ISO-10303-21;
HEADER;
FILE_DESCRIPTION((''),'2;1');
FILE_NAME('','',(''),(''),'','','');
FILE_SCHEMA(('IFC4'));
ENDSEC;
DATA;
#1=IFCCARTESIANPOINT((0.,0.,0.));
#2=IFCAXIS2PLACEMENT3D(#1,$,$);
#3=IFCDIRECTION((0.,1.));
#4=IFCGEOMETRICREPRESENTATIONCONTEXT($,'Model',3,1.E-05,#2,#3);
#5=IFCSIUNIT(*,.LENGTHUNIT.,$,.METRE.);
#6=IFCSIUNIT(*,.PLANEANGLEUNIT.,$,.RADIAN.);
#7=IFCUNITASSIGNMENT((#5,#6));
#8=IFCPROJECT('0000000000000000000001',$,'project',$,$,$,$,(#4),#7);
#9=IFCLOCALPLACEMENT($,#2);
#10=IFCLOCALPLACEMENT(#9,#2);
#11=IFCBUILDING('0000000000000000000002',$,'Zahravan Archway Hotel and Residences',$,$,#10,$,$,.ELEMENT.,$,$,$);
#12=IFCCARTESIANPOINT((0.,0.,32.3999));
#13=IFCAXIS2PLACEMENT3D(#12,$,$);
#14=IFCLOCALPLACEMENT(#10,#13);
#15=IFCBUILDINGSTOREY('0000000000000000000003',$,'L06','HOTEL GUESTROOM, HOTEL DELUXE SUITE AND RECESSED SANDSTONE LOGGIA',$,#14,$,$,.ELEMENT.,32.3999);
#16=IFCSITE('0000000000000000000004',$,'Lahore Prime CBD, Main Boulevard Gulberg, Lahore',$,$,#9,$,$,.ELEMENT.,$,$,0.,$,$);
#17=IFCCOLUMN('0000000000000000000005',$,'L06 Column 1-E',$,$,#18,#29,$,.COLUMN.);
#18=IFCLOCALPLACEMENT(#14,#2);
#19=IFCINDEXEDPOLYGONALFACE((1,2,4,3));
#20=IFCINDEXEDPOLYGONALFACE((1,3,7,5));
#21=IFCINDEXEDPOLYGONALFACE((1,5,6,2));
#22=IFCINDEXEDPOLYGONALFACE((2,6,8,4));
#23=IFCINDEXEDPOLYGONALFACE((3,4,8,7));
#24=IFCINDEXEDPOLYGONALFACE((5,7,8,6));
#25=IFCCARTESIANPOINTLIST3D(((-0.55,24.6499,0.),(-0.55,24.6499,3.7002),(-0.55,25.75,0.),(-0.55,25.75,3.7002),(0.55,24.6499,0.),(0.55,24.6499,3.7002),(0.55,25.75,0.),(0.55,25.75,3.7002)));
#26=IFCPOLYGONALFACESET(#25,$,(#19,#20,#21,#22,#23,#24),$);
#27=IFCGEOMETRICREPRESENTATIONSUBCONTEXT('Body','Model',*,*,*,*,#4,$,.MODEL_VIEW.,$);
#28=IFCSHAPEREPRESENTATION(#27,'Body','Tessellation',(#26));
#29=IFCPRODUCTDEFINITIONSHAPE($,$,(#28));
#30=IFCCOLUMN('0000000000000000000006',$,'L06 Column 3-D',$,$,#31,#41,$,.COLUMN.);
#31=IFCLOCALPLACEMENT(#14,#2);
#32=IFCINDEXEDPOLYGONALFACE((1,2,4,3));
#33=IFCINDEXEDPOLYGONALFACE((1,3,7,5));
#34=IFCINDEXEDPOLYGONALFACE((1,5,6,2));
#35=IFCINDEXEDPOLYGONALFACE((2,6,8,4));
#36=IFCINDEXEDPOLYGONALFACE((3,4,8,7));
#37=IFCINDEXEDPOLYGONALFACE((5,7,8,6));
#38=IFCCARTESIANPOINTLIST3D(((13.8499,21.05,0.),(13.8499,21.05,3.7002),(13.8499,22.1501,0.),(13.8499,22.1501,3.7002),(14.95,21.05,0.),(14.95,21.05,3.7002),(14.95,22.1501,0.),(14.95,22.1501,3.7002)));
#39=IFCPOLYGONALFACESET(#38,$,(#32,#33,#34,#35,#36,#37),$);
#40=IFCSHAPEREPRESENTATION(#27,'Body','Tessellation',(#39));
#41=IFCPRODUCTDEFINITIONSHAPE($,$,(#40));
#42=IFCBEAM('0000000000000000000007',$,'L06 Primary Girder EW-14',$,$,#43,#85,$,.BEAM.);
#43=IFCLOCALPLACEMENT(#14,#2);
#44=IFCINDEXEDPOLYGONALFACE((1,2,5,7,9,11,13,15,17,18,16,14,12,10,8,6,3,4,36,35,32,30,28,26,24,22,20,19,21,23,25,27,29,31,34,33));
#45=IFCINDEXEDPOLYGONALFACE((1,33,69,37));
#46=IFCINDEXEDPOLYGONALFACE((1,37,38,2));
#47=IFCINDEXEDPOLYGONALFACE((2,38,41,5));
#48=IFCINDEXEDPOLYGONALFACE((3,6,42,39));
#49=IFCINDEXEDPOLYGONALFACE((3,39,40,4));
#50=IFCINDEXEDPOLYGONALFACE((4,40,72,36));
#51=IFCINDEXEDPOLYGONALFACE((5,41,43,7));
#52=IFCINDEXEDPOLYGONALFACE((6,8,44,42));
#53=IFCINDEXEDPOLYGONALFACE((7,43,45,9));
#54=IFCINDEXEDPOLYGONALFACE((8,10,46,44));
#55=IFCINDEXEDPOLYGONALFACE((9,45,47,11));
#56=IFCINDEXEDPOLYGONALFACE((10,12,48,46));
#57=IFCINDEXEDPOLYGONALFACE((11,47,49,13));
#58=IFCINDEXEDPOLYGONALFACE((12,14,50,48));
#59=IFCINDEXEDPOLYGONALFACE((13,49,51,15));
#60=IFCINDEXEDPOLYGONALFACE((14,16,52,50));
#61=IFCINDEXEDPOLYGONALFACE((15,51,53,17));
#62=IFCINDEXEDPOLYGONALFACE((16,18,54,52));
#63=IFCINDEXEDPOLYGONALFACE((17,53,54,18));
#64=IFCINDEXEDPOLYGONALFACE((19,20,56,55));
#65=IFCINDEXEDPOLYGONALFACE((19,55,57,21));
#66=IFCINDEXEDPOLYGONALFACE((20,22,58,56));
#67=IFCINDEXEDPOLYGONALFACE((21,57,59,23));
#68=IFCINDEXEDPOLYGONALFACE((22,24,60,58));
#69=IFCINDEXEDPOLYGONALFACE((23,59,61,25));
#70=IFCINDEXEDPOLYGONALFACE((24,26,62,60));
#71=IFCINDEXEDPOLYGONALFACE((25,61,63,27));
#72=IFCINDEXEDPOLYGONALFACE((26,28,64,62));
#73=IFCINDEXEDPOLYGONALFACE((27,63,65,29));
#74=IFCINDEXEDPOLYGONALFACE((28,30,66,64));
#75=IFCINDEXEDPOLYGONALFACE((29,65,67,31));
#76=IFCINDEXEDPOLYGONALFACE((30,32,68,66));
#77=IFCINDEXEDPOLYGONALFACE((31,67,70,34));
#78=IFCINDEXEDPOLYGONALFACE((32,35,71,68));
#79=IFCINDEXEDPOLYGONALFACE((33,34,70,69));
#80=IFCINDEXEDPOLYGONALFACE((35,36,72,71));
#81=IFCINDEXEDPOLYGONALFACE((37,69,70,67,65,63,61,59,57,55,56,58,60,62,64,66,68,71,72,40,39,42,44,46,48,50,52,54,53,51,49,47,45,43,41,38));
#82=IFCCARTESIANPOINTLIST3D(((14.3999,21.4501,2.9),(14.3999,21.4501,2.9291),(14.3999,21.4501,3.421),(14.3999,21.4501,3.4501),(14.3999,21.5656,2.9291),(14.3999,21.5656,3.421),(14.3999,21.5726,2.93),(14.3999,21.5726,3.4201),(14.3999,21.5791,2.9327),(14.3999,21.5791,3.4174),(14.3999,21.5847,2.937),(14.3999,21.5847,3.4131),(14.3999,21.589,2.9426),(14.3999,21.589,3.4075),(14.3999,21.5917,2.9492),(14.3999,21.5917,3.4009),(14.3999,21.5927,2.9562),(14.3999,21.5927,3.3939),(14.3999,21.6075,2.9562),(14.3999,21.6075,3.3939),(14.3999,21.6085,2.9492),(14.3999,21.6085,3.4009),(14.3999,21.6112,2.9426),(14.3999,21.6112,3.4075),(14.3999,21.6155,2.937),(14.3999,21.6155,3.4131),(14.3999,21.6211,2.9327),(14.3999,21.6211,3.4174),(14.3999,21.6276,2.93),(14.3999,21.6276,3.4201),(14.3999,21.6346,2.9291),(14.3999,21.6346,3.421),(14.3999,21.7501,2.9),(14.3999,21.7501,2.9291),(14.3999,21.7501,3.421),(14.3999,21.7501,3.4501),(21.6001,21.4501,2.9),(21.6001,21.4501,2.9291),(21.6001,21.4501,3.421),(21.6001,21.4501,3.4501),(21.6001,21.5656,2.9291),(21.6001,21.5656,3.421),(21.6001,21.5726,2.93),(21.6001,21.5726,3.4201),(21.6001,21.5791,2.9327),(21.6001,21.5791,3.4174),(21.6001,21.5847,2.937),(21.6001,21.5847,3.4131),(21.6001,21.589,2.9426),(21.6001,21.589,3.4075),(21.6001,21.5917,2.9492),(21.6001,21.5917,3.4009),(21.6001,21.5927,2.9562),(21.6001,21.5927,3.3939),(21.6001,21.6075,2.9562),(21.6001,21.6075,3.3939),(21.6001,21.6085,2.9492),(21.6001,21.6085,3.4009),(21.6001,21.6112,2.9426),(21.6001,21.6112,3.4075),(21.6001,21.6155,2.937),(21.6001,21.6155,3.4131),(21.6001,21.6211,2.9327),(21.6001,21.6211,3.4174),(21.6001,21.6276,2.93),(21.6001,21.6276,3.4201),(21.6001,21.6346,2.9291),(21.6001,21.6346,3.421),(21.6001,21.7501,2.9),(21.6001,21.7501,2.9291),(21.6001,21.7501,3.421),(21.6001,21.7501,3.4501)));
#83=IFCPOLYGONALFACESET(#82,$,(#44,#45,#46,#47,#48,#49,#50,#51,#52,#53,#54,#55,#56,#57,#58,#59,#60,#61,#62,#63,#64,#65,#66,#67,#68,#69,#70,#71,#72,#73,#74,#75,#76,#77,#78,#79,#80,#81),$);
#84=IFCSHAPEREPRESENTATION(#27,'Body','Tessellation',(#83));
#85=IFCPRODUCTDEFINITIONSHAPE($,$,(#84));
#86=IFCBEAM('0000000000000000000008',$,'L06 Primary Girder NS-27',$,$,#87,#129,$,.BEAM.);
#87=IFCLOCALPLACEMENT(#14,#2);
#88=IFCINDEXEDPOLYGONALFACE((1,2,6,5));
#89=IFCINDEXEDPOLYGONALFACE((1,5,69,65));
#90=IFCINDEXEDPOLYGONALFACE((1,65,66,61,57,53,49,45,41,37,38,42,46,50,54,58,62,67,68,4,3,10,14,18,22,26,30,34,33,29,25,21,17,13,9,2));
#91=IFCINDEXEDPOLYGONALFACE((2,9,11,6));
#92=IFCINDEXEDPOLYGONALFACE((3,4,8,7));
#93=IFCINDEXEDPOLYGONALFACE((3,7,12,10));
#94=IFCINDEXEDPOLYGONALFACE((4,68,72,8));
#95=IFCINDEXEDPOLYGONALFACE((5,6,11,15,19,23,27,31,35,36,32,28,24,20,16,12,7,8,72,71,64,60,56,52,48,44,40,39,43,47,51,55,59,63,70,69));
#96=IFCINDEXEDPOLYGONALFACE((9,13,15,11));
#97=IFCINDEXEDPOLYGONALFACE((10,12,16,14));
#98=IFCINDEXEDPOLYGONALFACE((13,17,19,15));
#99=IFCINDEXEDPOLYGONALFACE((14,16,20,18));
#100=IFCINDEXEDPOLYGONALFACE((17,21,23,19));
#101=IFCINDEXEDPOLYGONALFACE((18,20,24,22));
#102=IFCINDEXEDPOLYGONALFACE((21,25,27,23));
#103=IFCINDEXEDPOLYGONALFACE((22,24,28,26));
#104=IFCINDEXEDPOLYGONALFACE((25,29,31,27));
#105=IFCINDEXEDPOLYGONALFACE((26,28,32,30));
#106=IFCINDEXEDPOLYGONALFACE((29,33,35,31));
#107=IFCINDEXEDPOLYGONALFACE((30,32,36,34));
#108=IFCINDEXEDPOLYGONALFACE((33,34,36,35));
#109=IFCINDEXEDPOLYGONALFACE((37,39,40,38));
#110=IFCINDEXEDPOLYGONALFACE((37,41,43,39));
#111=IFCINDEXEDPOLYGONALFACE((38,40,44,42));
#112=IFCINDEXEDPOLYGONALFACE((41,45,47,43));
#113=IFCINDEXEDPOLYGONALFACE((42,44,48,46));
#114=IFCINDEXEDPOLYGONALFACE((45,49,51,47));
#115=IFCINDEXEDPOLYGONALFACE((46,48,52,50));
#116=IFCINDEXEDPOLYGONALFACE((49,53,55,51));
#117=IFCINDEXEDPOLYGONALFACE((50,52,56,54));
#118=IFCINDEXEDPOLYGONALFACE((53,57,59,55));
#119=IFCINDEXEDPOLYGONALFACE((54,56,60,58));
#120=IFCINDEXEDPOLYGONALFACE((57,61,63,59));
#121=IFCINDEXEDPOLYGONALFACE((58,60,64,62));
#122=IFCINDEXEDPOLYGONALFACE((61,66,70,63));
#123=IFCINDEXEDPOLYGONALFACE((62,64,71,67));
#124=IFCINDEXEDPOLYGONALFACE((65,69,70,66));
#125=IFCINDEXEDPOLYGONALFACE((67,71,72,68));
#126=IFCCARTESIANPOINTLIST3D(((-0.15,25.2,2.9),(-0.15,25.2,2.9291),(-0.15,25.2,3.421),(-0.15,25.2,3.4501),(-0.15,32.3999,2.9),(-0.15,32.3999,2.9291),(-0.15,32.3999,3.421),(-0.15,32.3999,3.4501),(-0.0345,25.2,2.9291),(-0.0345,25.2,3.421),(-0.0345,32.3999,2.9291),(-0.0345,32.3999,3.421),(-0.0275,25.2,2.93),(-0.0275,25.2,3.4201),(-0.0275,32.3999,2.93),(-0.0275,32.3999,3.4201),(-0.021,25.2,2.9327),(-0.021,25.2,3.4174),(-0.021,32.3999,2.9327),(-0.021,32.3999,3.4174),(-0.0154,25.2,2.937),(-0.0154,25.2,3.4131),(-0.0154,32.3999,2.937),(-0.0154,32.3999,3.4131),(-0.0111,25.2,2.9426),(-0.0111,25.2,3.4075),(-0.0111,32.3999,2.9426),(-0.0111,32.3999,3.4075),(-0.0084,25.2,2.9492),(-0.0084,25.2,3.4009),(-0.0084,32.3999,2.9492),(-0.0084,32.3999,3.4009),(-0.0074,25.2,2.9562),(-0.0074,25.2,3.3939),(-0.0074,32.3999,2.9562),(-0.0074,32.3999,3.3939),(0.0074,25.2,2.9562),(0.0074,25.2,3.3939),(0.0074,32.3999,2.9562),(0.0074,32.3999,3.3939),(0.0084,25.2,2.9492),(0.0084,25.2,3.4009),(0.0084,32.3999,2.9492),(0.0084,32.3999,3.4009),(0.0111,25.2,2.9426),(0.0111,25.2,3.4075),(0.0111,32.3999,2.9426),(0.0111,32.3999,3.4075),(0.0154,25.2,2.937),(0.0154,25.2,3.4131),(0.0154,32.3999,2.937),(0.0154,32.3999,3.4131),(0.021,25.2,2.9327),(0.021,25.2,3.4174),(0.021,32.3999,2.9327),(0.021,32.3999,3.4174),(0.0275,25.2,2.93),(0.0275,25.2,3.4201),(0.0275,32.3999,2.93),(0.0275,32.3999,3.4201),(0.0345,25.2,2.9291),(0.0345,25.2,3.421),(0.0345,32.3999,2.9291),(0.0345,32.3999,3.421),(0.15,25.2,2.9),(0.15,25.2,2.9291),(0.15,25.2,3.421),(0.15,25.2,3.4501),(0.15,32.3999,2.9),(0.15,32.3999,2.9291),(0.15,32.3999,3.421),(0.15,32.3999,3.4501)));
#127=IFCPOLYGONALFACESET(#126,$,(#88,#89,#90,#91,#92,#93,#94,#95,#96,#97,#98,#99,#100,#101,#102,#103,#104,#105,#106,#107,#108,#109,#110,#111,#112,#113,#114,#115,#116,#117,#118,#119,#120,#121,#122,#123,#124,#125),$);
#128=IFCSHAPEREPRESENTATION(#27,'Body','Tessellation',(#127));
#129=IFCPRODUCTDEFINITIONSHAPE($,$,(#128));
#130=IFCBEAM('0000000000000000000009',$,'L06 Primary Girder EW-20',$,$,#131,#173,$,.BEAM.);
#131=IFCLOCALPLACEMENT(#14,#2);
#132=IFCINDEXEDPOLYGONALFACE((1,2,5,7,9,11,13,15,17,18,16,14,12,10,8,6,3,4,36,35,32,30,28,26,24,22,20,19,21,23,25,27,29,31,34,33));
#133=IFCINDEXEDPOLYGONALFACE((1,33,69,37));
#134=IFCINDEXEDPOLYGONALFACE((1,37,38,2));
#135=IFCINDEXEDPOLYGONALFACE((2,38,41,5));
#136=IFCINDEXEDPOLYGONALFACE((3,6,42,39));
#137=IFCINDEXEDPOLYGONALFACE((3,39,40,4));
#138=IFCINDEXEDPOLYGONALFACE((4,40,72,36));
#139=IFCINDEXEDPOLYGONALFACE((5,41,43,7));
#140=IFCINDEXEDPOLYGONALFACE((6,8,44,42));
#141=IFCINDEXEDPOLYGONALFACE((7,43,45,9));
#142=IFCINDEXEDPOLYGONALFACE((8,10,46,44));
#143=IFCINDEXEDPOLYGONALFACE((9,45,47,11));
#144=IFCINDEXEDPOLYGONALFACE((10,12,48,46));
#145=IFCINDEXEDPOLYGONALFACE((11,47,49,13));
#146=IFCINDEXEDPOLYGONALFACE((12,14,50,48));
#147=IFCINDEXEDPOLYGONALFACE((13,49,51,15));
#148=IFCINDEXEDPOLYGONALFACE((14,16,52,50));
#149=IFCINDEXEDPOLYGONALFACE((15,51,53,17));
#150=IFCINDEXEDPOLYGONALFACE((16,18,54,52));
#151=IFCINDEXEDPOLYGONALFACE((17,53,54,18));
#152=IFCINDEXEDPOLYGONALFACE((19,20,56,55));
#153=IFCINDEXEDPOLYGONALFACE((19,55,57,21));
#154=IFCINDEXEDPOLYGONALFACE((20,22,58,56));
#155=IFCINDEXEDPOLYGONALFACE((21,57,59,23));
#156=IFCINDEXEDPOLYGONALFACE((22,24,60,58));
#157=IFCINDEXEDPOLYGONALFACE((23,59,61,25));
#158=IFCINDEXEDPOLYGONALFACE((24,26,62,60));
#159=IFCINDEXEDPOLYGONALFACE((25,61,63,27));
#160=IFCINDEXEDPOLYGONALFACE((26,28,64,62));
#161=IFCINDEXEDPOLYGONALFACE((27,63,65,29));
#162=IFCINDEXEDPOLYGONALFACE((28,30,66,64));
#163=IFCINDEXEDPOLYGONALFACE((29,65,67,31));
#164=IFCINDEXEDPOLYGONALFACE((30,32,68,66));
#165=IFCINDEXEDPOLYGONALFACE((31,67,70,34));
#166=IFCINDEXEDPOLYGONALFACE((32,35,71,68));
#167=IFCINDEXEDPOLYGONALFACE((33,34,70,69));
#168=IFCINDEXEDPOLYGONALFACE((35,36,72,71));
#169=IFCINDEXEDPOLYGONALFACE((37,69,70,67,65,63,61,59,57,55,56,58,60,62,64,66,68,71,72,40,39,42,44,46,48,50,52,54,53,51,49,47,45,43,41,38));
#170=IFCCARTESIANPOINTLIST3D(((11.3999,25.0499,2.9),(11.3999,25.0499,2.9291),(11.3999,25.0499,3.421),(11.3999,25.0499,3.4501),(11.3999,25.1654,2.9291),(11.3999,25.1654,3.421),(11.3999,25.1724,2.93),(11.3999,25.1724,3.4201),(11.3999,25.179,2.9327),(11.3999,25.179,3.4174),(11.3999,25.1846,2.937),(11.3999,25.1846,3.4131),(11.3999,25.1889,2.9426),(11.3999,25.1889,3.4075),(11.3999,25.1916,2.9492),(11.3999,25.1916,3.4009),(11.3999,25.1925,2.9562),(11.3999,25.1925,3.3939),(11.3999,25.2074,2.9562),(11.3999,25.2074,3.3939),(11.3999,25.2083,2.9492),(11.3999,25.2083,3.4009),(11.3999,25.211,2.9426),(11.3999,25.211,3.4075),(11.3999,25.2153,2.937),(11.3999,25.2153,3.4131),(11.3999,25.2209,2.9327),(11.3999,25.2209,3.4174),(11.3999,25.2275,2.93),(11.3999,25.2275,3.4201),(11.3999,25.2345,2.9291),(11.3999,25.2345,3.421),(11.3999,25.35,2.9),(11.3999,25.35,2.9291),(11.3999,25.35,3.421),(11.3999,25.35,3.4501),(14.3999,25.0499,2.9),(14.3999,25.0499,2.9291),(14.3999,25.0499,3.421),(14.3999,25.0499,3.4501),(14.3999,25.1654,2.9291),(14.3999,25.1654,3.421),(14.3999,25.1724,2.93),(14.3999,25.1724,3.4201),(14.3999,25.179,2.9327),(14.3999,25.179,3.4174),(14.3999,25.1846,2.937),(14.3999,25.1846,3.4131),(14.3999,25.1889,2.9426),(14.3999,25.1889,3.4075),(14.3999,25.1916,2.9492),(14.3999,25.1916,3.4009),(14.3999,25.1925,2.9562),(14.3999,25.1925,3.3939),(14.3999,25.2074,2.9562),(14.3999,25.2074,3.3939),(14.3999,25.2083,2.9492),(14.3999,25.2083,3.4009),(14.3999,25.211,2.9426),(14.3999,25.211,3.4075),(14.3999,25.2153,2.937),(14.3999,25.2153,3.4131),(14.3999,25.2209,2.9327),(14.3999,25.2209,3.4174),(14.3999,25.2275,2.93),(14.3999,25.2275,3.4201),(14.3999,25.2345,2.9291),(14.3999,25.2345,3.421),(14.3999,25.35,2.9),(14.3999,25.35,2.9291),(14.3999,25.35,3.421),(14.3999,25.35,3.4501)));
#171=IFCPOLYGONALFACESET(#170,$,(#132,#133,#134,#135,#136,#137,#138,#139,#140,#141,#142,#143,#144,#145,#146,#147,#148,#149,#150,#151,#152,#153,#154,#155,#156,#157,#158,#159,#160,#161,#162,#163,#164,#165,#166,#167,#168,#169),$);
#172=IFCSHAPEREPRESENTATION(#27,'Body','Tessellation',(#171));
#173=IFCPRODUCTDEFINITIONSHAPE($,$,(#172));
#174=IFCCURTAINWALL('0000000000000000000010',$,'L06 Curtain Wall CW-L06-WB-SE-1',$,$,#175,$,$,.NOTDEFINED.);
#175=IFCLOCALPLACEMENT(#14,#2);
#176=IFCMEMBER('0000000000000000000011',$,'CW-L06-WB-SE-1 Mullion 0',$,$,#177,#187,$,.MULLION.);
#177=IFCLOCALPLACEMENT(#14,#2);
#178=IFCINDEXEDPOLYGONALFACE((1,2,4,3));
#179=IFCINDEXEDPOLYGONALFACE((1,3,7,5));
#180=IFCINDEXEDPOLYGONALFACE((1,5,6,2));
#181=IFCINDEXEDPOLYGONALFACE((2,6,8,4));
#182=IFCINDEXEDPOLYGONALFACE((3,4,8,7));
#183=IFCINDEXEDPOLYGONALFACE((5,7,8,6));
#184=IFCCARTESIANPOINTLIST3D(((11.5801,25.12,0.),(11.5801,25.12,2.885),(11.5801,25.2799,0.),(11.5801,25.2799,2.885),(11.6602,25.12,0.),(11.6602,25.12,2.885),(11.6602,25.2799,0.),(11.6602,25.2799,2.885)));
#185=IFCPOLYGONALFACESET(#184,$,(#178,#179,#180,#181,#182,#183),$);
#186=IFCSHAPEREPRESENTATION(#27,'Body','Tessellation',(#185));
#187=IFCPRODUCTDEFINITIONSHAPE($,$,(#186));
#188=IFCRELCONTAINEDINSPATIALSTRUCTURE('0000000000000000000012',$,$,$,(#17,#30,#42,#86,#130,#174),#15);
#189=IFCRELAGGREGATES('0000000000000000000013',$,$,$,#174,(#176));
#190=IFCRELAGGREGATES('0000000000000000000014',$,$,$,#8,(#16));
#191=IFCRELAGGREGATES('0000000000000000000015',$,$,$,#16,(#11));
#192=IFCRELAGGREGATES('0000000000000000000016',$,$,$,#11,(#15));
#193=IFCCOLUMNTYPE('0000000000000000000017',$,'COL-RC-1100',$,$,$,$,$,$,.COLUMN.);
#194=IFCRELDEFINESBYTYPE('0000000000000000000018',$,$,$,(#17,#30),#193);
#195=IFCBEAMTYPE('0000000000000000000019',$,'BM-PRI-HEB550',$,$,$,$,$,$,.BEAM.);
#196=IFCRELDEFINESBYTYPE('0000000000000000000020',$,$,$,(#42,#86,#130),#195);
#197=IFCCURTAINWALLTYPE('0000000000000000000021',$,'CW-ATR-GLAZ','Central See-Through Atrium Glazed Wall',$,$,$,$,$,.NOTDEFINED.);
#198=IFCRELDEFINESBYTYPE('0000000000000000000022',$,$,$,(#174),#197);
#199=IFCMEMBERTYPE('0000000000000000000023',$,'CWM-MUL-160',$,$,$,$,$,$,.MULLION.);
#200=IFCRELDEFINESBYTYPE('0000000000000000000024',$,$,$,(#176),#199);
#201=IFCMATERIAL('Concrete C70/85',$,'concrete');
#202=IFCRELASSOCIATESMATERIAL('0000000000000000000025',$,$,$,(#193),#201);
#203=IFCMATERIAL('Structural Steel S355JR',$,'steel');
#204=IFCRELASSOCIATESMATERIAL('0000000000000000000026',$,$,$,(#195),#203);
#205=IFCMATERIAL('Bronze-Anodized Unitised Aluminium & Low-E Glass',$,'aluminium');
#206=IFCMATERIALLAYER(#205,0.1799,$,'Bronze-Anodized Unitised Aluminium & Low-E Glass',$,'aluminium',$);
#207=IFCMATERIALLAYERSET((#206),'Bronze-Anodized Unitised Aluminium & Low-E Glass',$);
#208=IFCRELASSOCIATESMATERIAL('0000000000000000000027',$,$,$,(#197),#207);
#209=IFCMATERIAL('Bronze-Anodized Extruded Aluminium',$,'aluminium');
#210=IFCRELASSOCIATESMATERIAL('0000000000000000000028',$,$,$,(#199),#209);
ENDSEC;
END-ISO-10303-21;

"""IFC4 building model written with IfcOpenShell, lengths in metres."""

from ifc_helpers import new_model, si_unit, direction, frame, origin, origin_2d, place, context, subcontext, project, spatial, rectangle, i_section, extrude, source, transform, mapped, material, layer, layer_set, material_profile, profile_set, type_object, type_shapes, element, aggregate, save


model = new_model("IFC4")

# Units and contexts
model_context = context("Model", 3, precision=1e-05, world=origin(), true_north=direction((0.0, 1.0)))
body_context = subcontext(model_context, "Body", "Model", "MODEL_VIEW")
ifc_project = project(units=[si_unit("LENGTHUNIT", "METRE"), si_unit("PLANEANGLEUNIT", "RADIAN")], contexts=[model_context])

# Site, building, storey
site_placement = place(None, origin())
site = spatial("IfcSite", under=ifc_project, at=site_placement, Name="Lahore Prime CBD, Main Boulevard Gulberg, Lahore", CompositionType="ELEMENT", RefElevation=0.0)
building_placement = place(site_placement, origin())
building = spatial("IfcBuilding", under=site, at=building_placement, Name="Zahravan Archway Hotel and Residences", CompositionType="ELEMENT")
storey_placement = place(building_placement, frame((0.0, 0.0, 32.3999)))
storey = spatial("IfcBuildingStorey", under=building, at=storey_placement, Name="L06", Description="HOTEL GUESTROOM, HOTEL DELUXE SUITE AND RECESSED SANDSTONE LOGGIA", CompositionType="ELEMENT", Elevation=32.3999)

# Columns
ifc_material_1 = material(Name="Concrete C70/85", Category="concrete")
ifc_material_profile_1 = material_profile(ifc_material_1, rectangle(XDim=1.1001, YDim=1.1001, at=origin_2d()), Name="RC 1100x1100", Category="concrete")
ifc_profile_set_1 = profile_set([ifc_material_profile_1], Name="Concrete C70/85")
column_type = type_object("IfcColumnType", Name="COL-RC-1100", PredefinedType="COLUMN", material=ifc_profile_set_1)
shared_shape_1 = source(origin(), body_context, "Body", "SweptSolid", [
    extrude(rectangle(XDim=1.1001, YDim=1.1001, at=origin_2d()), origin(), (0.0, 0.0, 1.0), 3.7002),
])
for number, where, z_axis, x_axis, name in (
    (1, (0.0, 25.2, 0.0), (0.0, 0.0, 1.0), (1.0, 0.0, 0.0), "L06 Column 1-E"),
    (2, (14.3999, 21.6001, 0.0), (0.0, 0.0, 1.0), (1.0, 0.0, 0.0), "L06 Column 3-D"),
):
    element("IfcColumn", number, at=place(storey_placement, frame(where, z_axis=z_axis, x_axis=x_axis)), inside=storey, type_object=column_type, Name=name, PredefinedType="COLUMN", context=body_context, shape_type="MappedRepresentation", body=[
        mapped(shared_shape_1, transform((0.0, 0.0, 0.0), scale=1.0)),
    ])

# Beams
ifc_material_2 = material(Name="Structural Steel S355JR", Category="steel")
ifc_material_profile_2 = material_profile(ifc_material_2, i_section(OverallWidth=0.3, OverallDepth=0.55, WebThickness=0.0149, FlangeThickness=0.0291, FilletRadius=0.0271, at=origin_2d()), Name="HEB 550", Category="steel")
ifc_profile_set_2 = profile_set([ifc_material_profile_2], Name="Structural Steel S355JR")
beam_type = type_object("IfcBeamType", Name="BM-PRI-HEB550", PredefinedType="BEAM", material=ifc_profile_set_2)
shared_shape_2 = source(origin(), body_context, "Body", "SweptSolid", [
    extrude(i_section(OverallWidth=0.3, OverallDepth=0.55, WebThickness=0.0149, FlangeThickness=0.0291, FilletRadius=0.0271, at=origin_2d()), origin(), (0.0, 0.0, 1.0), 7.2002),
])
type_shapes(beam_type, [shared_shape_2])
beam_1_placement = place(storey_placement, frame((14.3999, 21.6001, 3.175), z_axis=(1.0, 0.0, 0.0), x_axis=(0.0, 1.0, 0.0)))
element("IfcBeam", 3, at=beam_1_placement, inside=storey, type_object=beam_type, Name="L06 Primary Girder EW-14", PredefinedType="BEAM", context=body_context, shape_type="MappedRepresentation", body=[
    mapped(shared_shape_2, transform((0.0, 0.0, 0.0), scale=1.0)),
])
shared_shape_3 = source(origin(), body_context, "Body", "SweptSolid", [
    extrude(i_section(OverallWidth=0.3, OverallDepth=0.55, WebThickness=0.0149, FlangeThickness=0.0291, FilletRadius=0.0271, at=origin_2d()), origin(), (0.0, 0.0, 1.0), 7.2),
])
beam_2_placement = place(storey_placement, frame((0.0, 25.2, 3.175), z_axis=(0.0, 1.0, 0.0), x_axis=(-1.0, 0.0, 0.0)))
element("IfcBeam", 4, at=beam_2_placement, inside=storey, type_object=beam_type, Name="L06 Primary Girder NS-27", PredefinedType="BEAM", context=body_context, shape_type="MappedRepresentation", body=[
    mapped(shared_shape_3, transform((0.0, 0.0, 0.0), scale=1.0)),
])
shared_shape_4 = source(origin(), body_context, "Body", "SweptSolid", [
    extrude(i_section(OverallWidth=0.3, OverallDepth=0.55, WebThickness=0.0149, FlangeThickness=0.0291, FilletRadius=0.0271, at=origin_2d()), origin(), (0.0, 0.0, 1.0), 3.0),
])
beam_3_placement = place(storey_placement, frame((11.3999, 25.2, 3.175), z_axis=(1.0, 0.0, 0.0), x_axis=(0.0, 1.0, 0.0)))
element("IfcBeam", 5, at=beam_3_placement, inside=storey, type_object=beam_type, Name="L06 Primary Girder EW-20", PredefinedType="BEAM", context=body_context, shape_type="MappedRepresentation", body=[
    mapped(shared_shape_4, transform((0.0, 0.0, 0.0), scale=1.0)),
])

# Curtain wall, member
ifc_material_3 = material(Name="Bronze-Anodized Unitised Aluminium & Low-E Glass", Category="aluminium")
ifc_layer_1 = layer(ifc_material_3, 0.1799, Name="Bronze-Anodized Unitised Aluminium & Low-E Glass", Category="aluminium")
ifc_layer_set_1 = layer_set([ifc_layer_1], Name="Bronze-Anodized Unitised Aluminium & Low-E Glass")
curtain_wall_type = type_object("IfcCurtainWallType", Name="CW-ATR-GLAZ", Description="Central See-Through Atrium Glazed Wall", PredefinedType="NOTDEFINED", material=ifc_layer_set_1)
curtain_wall_placement = place(storey_placement, origin())
curtain_wall = element("IfcCurtainWall", 6, at=curtain_wall_placement, inside=storey, type_object=curtain_wall_type, Name="L06 Curtain Wall CW-L06-WB-SE-1", PredefinedType="NOTDEFINED")
ifc_material_4 = material(Name="Bronze-Anodized Extruded Aluminium", Category="aluminium")
ifc_material_profile_3 = material_profile(ifc_material_4, rectangle(XDim=0.0801, YDim=0.1599, at=origin_2d()), Name="MUL 80x160", Category="aluminium")
ifc_profile_set_3 = profile_set([ifc_material_profile_3], Name="Bronze-Anodized Extruded Aluminium")
member_type_1 = type_object("IfcMemberType", Name="CWM-MUL-160", PredefinedType="MULLION", material=ifc_profile_set_3)
shared_shape_5 = source(origin(), body_context, "Body", "SweptSolid", [
    extrude(rectangle(XDim=0.0801, YDim=0.1599, at=origin_2d()), origin(), (0.0, 0.0, 1.0), 2.885),
])
member_1_placement = place(storey_placement, frame((11.6201, 25.2, 0.0), z_axis=(0.0, 0.0, 1.0), x_axis=(1.0, 0.0, 0.0)))
member_1 = element("IfcMember", 7, at=member_1_placement, type_object=member_type_1, Name="CW-L06-WB-SE-1 Mullion 0", PredefinedType="MULLION", context=body_context, shape_type="MappedRepresentation", body=[
    mapped(shared_shape_5, transform((0.0, 0.0, 0.0), scale=1.0)),
])

aggregate(curtain_wall, [member_1])

save(model, "model.ifc")
